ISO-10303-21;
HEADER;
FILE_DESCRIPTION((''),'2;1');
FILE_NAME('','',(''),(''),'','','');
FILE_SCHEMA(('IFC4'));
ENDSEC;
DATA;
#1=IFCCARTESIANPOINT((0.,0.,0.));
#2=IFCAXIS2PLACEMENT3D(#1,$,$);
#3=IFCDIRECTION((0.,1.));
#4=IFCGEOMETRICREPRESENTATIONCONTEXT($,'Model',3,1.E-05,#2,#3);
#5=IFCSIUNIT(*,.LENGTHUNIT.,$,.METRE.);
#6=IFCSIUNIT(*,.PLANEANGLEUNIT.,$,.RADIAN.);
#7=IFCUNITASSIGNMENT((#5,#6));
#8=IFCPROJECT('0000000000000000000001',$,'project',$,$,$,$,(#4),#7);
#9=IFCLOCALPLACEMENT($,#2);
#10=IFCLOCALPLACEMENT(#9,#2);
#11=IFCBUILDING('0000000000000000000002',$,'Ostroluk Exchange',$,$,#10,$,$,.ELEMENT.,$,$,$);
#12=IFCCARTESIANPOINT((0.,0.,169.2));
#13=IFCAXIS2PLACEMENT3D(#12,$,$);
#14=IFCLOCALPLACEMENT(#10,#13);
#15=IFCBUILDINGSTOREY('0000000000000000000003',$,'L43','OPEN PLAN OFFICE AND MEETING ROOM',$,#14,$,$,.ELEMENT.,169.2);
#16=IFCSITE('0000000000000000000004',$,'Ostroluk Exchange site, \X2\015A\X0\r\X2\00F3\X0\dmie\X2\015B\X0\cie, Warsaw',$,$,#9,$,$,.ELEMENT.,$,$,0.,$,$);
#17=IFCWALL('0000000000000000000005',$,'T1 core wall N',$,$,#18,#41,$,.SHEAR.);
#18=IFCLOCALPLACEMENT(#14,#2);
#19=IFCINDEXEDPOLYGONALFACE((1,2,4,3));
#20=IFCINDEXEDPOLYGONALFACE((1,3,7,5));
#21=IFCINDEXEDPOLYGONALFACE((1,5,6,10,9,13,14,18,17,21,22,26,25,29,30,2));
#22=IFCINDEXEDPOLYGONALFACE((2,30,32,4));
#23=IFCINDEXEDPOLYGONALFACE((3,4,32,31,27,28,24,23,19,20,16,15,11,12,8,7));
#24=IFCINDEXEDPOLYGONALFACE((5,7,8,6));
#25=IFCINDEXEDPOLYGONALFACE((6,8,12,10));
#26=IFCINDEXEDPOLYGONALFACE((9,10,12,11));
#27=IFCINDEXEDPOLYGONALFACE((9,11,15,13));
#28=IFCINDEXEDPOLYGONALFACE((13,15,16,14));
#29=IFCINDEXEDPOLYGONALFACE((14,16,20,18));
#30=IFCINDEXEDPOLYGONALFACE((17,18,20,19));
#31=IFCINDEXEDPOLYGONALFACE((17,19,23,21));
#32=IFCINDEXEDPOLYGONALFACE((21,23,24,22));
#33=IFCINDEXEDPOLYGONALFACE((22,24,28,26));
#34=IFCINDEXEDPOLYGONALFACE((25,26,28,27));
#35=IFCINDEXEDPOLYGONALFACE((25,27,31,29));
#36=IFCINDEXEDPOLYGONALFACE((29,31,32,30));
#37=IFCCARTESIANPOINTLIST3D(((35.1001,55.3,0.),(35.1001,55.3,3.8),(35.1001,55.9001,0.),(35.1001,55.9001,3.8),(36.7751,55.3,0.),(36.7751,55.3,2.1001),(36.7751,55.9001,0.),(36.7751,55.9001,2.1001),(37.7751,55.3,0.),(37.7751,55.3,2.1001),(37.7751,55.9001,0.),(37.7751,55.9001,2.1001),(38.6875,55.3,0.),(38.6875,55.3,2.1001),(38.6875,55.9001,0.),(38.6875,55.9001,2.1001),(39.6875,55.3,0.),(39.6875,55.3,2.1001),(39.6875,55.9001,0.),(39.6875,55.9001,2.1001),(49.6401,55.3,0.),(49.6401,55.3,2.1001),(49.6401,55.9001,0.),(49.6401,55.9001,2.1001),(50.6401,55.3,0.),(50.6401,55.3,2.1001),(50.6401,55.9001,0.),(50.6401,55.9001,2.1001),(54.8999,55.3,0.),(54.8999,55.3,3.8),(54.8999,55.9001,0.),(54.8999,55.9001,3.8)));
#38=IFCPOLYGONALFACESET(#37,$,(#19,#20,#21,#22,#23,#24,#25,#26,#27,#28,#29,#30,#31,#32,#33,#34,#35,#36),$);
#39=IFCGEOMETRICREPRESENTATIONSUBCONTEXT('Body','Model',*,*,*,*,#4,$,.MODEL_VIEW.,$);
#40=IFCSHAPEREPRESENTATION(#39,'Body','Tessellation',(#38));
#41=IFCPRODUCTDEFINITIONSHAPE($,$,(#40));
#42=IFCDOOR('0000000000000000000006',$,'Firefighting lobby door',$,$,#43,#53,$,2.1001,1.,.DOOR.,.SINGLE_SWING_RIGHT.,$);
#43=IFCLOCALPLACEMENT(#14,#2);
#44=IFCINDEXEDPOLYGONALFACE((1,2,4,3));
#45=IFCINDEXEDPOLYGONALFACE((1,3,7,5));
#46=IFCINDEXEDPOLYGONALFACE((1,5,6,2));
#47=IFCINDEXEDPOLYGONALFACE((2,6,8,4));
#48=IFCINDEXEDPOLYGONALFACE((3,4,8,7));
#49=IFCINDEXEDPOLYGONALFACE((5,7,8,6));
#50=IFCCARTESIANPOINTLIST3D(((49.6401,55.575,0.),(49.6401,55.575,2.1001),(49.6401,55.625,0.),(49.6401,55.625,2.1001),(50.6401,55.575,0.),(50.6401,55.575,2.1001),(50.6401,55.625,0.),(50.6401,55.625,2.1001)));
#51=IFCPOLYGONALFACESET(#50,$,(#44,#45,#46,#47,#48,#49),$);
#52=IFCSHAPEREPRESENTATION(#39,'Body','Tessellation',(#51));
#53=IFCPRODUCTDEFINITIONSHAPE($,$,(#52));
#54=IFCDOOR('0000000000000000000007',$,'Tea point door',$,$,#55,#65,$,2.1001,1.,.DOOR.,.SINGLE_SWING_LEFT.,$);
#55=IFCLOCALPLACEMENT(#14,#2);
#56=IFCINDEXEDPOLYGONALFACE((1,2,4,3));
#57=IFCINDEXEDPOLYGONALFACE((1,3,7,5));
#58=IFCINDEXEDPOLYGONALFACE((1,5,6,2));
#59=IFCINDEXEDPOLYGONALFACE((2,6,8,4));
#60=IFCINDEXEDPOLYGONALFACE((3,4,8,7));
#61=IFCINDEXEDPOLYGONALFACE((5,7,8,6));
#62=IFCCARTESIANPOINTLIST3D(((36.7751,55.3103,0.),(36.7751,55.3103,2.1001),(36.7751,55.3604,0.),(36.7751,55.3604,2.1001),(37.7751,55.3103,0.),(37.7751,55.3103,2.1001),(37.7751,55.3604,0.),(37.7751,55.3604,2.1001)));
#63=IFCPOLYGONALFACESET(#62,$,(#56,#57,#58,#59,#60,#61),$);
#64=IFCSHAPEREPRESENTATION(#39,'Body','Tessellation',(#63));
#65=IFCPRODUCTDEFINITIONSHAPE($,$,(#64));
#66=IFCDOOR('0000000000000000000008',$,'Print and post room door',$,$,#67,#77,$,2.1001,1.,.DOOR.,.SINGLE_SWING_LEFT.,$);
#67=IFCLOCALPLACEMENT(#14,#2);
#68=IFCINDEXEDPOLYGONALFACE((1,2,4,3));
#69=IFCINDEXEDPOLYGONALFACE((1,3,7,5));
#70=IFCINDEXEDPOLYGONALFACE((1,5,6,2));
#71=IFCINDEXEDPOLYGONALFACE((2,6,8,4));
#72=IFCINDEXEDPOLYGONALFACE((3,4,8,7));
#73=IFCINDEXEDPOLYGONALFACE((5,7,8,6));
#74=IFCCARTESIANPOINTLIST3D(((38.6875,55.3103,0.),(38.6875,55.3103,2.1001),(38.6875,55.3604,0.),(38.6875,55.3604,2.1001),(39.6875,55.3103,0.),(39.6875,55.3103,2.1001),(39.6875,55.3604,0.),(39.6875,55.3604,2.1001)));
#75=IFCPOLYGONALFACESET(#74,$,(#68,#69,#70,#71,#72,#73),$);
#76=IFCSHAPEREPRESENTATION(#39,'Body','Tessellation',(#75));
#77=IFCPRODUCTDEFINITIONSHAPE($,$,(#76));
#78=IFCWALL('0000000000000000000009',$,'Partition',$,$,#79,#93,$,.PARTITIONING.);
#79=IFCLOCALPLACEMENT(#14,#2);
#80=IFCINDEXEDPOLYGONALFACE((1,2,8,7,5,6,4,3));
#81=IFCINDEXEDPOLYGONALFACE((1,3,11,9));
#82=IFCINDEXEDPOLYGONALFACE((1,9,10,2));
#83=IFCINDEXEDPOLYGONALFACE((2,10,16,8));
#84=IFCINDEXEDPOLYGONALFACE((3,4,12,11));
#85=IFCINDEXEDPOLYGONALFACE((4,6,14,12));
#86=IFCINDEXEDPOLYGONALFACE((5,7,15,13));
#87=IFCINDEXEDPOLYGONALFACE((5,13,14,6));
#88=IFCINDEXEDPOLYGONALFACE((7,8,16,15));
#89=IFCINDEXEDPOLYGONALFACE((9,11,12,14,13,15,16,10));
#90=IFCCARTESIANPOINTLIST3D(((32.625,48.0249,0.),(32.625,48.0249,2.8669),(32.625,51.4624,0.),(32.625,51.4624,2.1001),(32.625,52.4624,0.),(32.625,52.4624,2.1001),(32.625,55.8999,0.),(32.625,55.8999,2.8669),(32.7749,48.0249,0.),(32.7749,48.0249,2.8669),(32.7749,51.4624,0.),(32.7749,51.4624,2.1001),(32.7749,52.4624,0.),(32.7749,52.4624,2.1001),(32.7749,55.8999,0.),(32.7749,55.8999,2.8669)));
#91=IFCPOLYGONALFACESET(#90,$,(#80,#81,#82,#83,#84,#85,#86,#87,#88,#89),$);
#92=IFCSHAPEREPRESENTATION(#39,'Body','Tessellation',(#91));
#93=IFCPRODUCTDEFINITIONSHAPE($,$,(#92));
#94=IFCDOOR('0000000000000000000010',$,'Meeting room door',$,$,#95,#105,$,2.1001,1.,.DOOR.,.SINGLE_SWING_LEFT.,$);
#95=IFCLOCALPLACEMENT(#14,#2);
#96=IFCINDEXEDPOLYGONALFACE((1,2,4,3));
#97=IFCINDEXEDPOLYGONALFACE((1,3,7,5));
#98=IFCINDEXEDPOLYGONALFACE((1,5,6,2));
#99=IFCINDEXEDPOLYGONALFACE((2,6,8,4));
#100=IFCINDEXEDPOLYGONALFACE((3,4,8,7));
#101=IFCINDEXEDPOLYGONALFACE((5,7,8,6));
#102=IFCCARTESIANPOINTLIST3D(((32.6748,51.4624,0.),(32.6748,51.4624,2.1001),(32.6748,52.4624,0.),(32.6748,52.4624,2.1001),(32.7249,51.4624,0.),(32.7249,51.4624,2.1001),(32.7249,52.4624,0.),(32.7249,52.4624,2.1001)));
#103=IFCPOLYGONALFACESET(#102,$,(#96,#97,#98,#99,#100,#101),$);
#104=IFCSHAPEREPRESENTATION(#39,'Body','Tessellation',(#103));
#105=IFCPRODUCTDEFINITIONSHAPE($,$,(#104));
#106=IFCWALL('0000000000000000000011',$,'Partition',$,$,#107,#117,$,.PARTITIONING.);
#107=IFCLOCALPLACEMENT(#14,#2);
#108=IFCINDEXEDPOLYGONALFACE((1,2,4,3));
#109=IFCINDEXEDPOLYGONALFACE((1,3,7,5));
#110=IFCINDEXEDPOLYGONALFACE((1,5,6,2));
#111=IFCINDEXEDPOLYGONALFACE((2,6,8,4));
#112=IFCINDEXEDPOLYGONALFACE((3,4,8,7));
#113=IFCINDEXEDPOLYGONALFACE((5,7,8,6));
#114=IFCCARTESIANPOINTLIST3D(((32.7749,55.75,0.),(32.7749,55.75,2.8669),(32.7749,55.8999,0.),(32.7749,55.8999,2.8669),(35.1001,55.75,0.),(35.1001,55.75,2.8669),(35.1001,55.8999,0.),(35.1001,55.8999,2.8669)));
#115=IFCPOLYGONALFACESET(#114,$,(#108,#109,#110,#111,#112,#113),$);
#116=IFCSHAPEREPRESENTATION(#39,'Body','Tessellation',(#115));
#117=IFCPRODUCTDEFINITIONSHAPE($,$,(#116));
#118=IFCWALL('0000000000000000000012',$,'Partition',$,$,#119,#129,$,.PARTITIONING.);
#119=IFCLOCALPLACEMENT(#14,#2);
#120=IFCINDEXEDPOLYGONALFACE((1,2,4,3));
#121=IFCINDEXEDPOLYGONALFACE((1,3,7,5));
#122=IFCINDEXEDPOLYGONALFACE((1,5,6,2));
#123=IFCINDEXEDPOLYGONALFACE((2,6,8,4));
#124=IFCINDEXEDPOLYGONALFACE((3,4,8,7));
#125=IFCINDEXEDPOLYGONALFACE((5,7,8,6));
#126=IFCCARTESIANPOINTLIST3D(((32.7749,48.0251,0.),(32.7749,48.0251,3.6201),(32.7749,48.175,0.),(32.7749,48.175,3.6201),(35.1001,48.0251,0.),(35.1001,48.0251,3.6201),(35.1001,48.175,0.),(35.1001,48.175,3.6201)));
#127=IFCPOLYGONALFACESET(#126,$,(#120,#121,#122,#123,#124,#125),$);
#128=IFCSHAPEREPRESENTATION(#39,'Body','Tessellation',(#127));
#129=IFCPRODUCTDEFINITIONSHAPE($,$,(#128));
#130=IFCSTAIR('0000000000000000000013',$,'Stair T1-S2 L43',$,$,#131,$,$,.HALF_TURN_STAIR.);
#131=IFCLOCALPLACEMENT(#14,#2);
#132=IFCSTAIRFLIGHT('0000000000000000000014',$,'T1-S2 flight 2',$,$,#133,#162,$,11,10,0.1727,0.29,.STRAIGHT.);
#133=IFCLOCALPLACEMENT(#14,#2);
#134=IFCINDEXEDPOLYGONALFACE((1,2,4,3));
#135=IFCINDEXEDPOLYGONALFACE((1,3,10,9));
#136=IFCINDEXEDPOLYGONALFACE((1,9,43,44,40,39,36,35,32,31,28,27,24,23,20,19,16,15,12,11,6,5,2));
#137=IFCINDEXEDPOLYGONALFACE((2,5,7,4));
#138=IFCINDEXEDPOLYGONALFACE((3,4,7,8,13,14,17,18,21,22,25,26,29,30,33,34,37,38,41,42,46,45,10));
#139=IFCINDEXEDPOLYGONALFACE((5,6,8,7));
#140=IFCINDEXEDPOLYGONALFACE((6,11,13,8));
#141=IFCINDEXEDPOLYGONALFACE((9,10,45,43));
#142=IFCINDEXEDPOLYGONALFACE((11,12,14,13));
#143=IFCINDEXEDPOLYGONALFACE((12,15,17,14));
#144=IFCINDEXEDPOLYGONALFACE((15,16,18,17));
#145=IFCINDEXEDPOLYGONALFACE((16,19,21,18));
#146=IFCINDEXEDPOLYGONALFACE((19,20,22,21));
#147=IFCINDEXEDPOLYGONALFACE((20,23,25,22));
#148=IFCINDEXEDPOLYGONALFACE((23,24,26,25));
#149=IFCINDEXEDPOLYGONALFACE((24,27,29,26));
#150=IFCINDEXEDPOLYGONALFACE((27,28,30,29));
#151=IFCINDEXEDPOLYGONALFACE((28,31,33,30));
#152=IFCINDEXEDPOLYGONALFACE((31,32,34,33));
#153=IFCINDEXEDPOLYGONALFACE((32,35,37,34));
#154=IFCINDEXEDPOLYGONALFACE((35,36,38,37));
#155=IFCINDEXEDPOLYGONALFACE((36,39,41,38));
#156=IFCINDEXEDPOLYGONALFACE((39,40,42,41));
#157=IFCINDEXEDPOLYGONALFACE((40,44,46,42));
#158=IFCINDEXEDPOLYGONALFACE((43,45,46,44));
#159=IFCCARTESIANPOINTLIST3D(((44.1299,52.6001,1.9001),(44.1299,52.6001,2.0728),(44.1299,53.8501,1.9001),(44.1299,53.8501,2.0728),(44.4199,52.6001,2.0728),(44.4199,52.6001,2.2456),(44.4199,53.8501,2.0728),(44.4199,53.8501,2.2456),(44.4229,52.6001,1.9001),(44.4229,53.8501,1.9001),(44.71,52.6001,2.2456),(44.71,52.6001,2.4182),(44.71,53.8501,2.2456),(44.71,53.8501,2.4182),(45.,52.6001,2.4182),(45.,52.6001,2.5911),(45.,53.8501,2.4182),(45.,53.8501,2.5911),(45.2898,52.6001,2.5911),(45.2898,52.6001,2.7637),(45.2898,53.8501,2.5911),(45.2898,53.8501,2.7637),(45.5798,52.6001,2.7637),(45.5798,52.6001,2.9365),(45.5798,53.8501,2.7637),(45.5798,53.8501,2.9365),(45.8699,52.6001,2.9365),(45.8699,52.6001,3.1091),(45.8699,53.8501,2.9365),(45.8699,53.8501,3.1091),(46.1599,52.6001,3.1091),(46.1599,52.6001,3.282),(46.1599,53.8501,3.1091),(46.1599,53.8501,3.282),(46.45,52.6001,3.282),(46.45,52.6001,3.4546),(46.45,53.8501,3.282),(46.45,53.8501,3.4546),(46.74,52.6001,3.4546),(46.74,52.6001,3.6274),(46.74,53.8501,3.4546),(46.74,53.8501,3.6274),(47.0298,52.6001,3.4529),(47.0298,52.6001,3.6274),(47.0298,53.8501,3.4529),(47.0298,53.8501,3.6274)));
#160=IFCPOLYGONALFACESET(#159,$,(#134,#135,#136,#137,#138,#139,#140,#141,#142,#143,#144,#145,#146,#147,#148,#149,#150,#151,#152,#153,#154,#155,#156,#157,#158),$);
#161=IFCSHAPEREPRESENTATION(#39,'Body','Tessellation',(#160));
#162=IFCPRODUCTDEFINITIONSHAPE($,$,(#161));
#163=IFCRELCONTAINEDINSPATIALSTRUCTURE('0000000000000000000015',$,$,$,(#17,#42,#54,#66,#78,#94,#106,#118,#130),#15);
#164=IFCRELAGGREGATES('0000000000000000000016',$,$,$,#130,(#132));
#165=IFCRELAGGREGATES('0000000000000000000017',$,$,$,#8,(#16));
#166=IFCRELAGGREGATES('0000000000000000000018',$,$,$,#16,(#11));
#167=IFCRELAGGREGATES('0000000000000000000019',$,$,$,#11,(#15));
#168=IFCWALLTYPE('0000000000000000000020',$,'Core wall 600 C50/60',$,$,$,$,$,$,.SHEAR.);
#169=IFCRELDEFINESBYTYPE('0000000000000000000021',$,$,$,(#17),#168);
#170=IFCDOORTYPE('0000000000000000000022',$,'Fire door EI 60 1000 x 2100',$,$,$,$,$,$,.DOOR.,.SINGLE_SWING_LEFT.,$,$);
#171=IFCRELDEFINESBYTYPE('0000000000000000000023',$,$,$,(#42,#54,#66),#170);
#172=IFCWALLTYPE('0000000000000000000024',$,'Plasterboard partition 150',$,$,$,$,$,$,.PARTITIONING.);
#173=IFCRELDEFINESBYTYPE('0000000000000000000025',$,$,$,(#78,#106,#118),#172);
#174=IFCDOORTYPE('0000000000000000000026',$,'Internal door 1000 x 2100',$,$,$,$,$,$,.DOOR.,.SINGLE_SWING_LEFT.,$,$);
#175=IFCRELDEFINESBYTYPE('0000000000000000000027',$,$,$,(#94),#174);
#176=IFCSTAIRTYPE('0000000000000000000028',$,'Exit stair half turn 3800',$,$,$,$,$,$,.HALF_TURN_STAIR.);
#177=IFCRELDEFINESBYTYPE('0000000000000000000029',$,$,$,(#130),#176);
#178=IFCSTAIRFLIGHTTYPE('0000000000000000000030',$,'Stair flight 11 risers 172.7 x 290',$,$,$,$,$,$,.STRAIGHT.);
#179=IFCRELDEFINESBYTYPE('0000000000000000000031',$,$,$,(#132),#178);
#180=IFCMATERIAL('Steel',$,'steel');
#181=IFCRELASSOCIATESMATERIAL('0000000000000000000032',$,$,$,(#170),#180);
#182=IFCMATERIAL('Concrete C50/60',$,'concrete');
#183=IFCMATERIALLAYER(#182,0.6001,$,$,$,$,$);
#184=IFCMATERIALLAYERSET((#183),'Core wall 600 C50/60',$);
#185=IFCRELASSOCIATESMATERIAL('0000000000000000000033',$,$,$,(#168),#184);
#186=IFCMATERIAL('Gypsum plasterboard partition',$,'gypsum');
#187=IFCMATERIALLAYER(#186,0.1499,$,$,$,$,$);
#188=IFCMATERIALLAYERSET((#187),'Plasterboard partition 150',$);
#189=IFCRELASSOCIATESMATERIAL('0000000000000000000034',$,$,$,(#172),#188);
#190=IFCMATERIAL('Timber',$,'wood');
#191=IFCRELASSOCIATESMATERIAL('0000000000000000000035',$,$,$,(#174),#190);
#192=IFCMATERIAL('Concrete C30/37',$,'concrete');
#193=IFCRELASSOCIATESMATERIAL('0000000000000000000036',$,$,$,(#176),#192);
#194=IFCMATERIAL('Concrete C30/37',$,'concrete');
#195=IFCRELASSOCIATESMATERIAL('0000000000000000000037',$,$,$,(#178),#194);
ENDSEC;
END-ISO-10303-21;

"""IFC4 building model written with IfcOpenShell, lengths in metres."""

from ifc_helpers import new_model, si_unit, direction, frame, frame_2d, origin, place, context, subcontext, project, spatial, polyline, rectangle, outline, extrude, material, layer, layer_set, type_object, element, fill, aggregate, save


model = new_model("IFC4")

# Units and contexts
model_context = context("Model", 3, precision=1e-05, world=origin(), true_north=direction((0.0, 1.0)))
body_context = subcontext(model_context, "Body", "Model", "MODEL_VIEW")
ifc_project = project(units=[si_unit("LENGTHUNIT", "METRE"), si_unit("PLANEANGLEUNIT", "RADIAN")], contexts=[model_context])

# Site, building, storey
site_placement = place(None, origin())
site = spatial("IfcSite", under=ifc_project, at=site_placement, Name="Ostroluk Exchange site, Śródmieście, Warsaw", CompositionType="ELEMENT", RefElevation=0.0)
building_placement = place(site_placement, origin())
building = spatial("IfcBuilding", under=site, at=building_placement, Name="Ostroluk Exchange", CompositionType="ELEMENT")
storey_placement = place(building_placement, frame((0.0, 0.0, 169.2)))
storey = spatial("IfcBuildingStorey", under=building, at=storey_placement, Name="L43", Description="OPEN PLAN OFFICE AND MEETING ROOM", CompositionType="ELEMENT", Elevation=169.2)

# Wall, openings, doors
ifc_material_1 = material(Name="Steel", Category="steel")
door_type_1 = type_object("IfcDoorType", Name="Fire door EI 60 1000 x 2100", OperationType="SINGLE_SWING_LEFT", PredefinedType="DOOR", material=ifc_material_1)
ifc_material_2 = material(Name="Concrete C50/60", Category="concrete")
ifc_layer_1 = layer(ifc_material_2, 0.6001)
ifc_layer_set_1 = layer_set([ifc_layer_1], Name="Core wall 600 C50/60")
wall_type_1 = type_object("IfcWallType", Name="Core wall 600 C50/60", PredefinedType="SHEAR", material=ifc_layer_set_1)
wall_1_placement = place(storey_placement, frame((35.1001, 55.6001, 0.0), z_axis=(0.0, 0.0, 1.0), x_axis=(1.0, 0.0, 0.0)))
wall_1 = element("IfcWall", 1, at=wall_1_placement, inside=storey, type_object=wall_type_1, Name="T1 core wall N", PredefinedType="SHEAR", context=body_context, shape_type="SweptSolid", body=[
    extrude(rectangle(XDim=19.7998, YDim=0.6001, at=frame_2d((9.8999, 0.0))), origin(), (0.0, 0.0, 1.0), 3.8),
])
opening_1_placement = place(wall_1_placement, frame((14.54, 0.0, 0.0)))
opening_1 = element("IfcOpeningElement", 2, at=opening_1_placement, cuts=wall_1, PredefinedType="OPENING", context=body_context, shape_type="SweptSolid", body=[
    extrude(rectangle(XDim=1.0, YDim=2.1001, at=frame_2d((0.5, 1.05))), frame((0.0, 0.3101, 0.0), z_axis=(0.0, -1.0, 0.0), x_axis=(1.0, 0.0, 0.0)), (0.0, 0.0, 1.0), 0.6201),
])
opening_2_placement = place(wall_1_placement, frame((1.675, 0.0, 0.0)))
opening_2 = element("IfcOpeningElement", 3, at=opening_2_placement, cuts=wall_1, PredefinedType="OPENING", context=body_context, shape_type="SweptSolid", body=[
    extrude(rectangle(XDim=1.0, YDim=2.1001, at=frame_2d((0.5, 1.05))), frame((0.0, 0.3101, 0.0), z_axis=(0.0, -1.0, 0.0), x_axis=(1.0, 0.0, 0.0)), (0.0, 0.0, 1.0), 0.6201),
])
opening_3_placement = place(wall_1_placement, frame((3.5874, 0.0, 0.0)))
opening_3 = element("IfcOpeningElement", 4, at=opening_3_placement, cuts=wall_1, PredefinedType="OPENING", context=body_context, shape_type="SweptSolid", body=[
    extrude(rectangle(XDim=1.0, YDim=2.1001, at=frame_2d((0.5, 1.05))), frame((0.0, 0.3101, 0.0), z_axis=(0.0, -1.0, 0.0), x_axis=(1.0, 0.0, 0.0)), (0.0, 0.0, 1.0), 0.6201),
])
door_1_placement = place(opening_1_placement, origin())
door_1 = element("IfcDoor", 5, at=door_1_placement, inside=storey, type_object=door_type_1, Name="Firefighting lobby door", OperationType="SINGLE_SWING_RIGHT", OverallHeight=2.1001, OverallWidth=1.0, PredefinedType="DOOR", context=body_context, shape_type="SweptSolid", body=[
    extrude(rectangle(XDim=1.0, YDim=2.1001, at=frame_2d((0.5, 1.05))), frame((0.0, 0.0249, 0.0), z_axis=(0.0, -1.0, 0.0), x_axis=(1.0, 0.0, 0.0)), (0.0, 0.0, 1.0), 0.05),
])
fill(opening_1, door_1)
door_2_placement = place(opening_2_placement, origin())
door_2 = element("IfcDoor", 6, at=door_2_placement, inside=storey, type_object=door_type_1, Name="Tea point door", OperationType="SINGLE_SWING_LEFT", OverallHeight=2.1001, OverallWidth=1.0, PredefinedType="DOOR", context=body_context, shape_type="SweptSolid", body=[
    extrude(rectangle(XDim=1.0, YDim=2.1001, at=frame_2d((0.5, 1.05))), frame((0.0, -0.2397, 0.0), z_axis=(0.0, -1.0, 0.0), x_axis=(1.0, 0.0, 0.0)), (0.0, 0.0, 1.0), 0.05),
])
fill(opening_2, door_2)
door_3_placement = place(opening_3_placement, origin())
door_3 = element("IfcDoor", 7, at=door_3_placement, inside=storey, type_object=door_type_1, Name="Print and post room door", OperationType="SINGLE_SWING_LEFT", OverallHeight=2.1001, OverallWidth=1.0, PredefinedType="DOOR", context=body_context, shape_type="SweptSolid", body=[
    extrude(rectangle(XDim=1.0, YDim=2.1001, at=frame_2d((0.5, 1.05))), frame((0.0, -0.2397, 0.0), z_axis=(0.0, -1.0, 0.0), x_axis=(1.0, 0.0, 0.0)), (0.0, 0.0, 1.0), 0.05),
])
fill(opening_3, door_3)

# Wall, opening, door
ifc_material_3 = material(Name="Gypsum plasterboard partition", Category="gypsum")
ifc_layer_2 = layer(ifc_material_3, 0.1499)
ifc_layer_set_2 = layer_set([ifc_layer_2], Name="Plasterboard partition 150")
wall_type_2 = type_object("IfcWallType", Name="Plasterboard partition 150", PredefinedType="PARTITIONING", material=ifc_layer_set_2)
wall_2_placement = place(storey_placement, frame((32.7, 55.8999, 0.0), z_axis=(0.0, 0.0, 1.0), x_axis=(0.0, -1.0, 0.0)))
wall_2 = element("IfcWall", 8, at=wall_2_placement, inside=storey, type_object=wall_type_2, Name="Partition", PredefinedType="PARTITIONING", context=body_context, shape_type="SweptSolid", body=[
    extrude(rectangle(XDim=7.875, YDim=0.1499, at=frame_2d((3.9375, 0.0))), origin(), (0.0, 0.0, 1.0), 2.8669),
])
opening_4_placement = place(wall_2_placement, frame((3.4375, 0.0, 0.0)))
opening_4 = element("IfcOpeningElement", 9, at=opening_4_placement, cuts=wall_2, PredefinedType="OPENING", context=body_context, shape_type="SweptSolid", body=[
    extrude(rectangle(XDim=1.0, YDim=2.1001, at=frame_2d((0.5, 1.05))), frame((0.0, 0.085, 0.0), z_axis=(0.0, -1.0, 0.0), x_axis=(1.0, 0.0, 0.0)), (0.0, 0.0, 1.0), 0.1699),
])
ifc_material_4 = material(Name="Timber", Category="wood")
door_type_2 = type_object("IfcDoorType", Name="Internal door 1000 x 2100", OperationType="SINGLE_SWING_LEFT", PredefinedType="DOOR", material=ifc_material_4)
door_4_placement = place(opening_4_placement, origin())
door_4 = element("IfcDoor", 10, at=door_4_placement, inside=storey, type_object=door_type_2, Name="Meeting room door", OperationType="SINGLE_SWING_LEFT", OverallHeight=2.1001, OverallWidth=1.0, PredefinedType="DOOR", context=body_context, shape_type="SweptSolid", body=[
    extrude(rectangle(XDim=1.0, YDim=2.1001, at=frame_2d((0.5, 1.05))), frame((0.0, 0.0249, 0.0), z_axis=(0.0, -1.0, 0.0), x_axis=(1.0, 0.0, 0.0)), (0.0, 0.0, 1.0), 0.05),
])
fill(opening_4, door_4)

# Walls
wall_3_placement = place(storey_placement, frame((35.1001, 55.825, 0.0), z_axis=(0.0, 0.0, 1.0), x_axis=(-1.0, 0.0, 0.0)))
element("IfcWall", 11, at=wall_3_placement, inside=storey, type_object=wall_type_2, Name="Partition", PredefinedType="PARTITIONING", context=body_context, shape_type="SweptSolid", body=[
    extrude(rectangle(XDim=2.3252, YDim=0.1499, at=frame_2d((1.1626, 0.0))), origin(), (0.0, 0.0, 1.0), 2.8669),
])
wall_4_placement = place(storey_placement, frame((35.1001, 48.1001, 0.0), z_axis=(0.0, 0.0, 1.0), x_axis=(-1.0, 0.0, 0.0)))
element("IfcWall", 12, at=wall_4_placement, inside=storey, type_object=wall_type_2, Name="Partition", PredefinedType="PARTITIONING", context=body_context, shape_type="SweptSolid", body=[
    extrude(rectangle(XDim=2.3252, YDim=0.1499, at=frame_2d((1.1626, 0.0))), origin(), (0.0, 0.0, 1.0), 3.6201),
])

# Stair, stair flight
ifc_material_5 = material(Name="Concrete C30/37", Category="concrete")
stair_type = type_object("IfcStairType", Name="Exit stair half turn 3800", PredefinedType="HALF_TURN_STAIR", material=ifc_material_5)
stair_placement = place(storey_placement, origin())
stair = element("IfcStair", 13, at=stair_placement, inside=storey, type_object=stair_type, Name="Stair T1-S2 L43", PredefinedType="HALF_TURN_STAIR")
ifc_material_6 = material(Name="Concrete C30/37", Category="concrete")
stair_flight_type = type_object("IfcStairFlightType", Name="Stair flight 11 risers 172.7 x 290", PredefinedType="STRAIGHT", material=ifc_material_6)
stair_flight_placement = place(storey_placement, frame((44.1299, 53.2251, 1.9001), z_axis=(0.0, 0.0, 1.0), x_axis=(1.0, 0.0, 0.0)))
stair_flight = element("IfcStairFlight", 14, at=stair_flight_placement, type_object=stair_flight_type, Name="T1-S2 flight 2", NumberOfRisers=11, NumberOfTreads=10, PredefinedType="STRAIGHT", RiserHeight=0.1727, TreadLength=0.29, context=body_context, shape_type="SweptSolid", body=[
    extrude(outline(polyline([(0.0, 0.0), (0.0, 0.1726), (0.29, 0.1726), (0.29, 0.3455), (0.5801, 0.3455), (0.5801, 0.5181), (0.8701, 0.5181), (0.8701, 0.6909), (1.1599, 0.6909), (1.1599, 0.8635), (1.45, 0.8635), (1.45, 1.0364), (1.74, 1.0364), (1.74, 1.209), (2.03, 1.209), (2.03, 1.3818), (2.3201, 1.3818), (2.3201, 1.5544), (2.6101, 1.5544), (2.6101, 1.7273), (2.8999, 1.7273), (2.8999, 1.8999), (2.8999, 1.5527), (0.293, 0.0), (0.0, 0.0)])), frame((0.0, 0.625, 0.0), z_axis=(0.0, -1.0, 0.0), x_axis=(1.0, 0.0, 0.0)), (0.0, 0.0, 1.0), 1.25),
])
aggregate(stair, [stair_flight])

save(model, "model.ifc")
